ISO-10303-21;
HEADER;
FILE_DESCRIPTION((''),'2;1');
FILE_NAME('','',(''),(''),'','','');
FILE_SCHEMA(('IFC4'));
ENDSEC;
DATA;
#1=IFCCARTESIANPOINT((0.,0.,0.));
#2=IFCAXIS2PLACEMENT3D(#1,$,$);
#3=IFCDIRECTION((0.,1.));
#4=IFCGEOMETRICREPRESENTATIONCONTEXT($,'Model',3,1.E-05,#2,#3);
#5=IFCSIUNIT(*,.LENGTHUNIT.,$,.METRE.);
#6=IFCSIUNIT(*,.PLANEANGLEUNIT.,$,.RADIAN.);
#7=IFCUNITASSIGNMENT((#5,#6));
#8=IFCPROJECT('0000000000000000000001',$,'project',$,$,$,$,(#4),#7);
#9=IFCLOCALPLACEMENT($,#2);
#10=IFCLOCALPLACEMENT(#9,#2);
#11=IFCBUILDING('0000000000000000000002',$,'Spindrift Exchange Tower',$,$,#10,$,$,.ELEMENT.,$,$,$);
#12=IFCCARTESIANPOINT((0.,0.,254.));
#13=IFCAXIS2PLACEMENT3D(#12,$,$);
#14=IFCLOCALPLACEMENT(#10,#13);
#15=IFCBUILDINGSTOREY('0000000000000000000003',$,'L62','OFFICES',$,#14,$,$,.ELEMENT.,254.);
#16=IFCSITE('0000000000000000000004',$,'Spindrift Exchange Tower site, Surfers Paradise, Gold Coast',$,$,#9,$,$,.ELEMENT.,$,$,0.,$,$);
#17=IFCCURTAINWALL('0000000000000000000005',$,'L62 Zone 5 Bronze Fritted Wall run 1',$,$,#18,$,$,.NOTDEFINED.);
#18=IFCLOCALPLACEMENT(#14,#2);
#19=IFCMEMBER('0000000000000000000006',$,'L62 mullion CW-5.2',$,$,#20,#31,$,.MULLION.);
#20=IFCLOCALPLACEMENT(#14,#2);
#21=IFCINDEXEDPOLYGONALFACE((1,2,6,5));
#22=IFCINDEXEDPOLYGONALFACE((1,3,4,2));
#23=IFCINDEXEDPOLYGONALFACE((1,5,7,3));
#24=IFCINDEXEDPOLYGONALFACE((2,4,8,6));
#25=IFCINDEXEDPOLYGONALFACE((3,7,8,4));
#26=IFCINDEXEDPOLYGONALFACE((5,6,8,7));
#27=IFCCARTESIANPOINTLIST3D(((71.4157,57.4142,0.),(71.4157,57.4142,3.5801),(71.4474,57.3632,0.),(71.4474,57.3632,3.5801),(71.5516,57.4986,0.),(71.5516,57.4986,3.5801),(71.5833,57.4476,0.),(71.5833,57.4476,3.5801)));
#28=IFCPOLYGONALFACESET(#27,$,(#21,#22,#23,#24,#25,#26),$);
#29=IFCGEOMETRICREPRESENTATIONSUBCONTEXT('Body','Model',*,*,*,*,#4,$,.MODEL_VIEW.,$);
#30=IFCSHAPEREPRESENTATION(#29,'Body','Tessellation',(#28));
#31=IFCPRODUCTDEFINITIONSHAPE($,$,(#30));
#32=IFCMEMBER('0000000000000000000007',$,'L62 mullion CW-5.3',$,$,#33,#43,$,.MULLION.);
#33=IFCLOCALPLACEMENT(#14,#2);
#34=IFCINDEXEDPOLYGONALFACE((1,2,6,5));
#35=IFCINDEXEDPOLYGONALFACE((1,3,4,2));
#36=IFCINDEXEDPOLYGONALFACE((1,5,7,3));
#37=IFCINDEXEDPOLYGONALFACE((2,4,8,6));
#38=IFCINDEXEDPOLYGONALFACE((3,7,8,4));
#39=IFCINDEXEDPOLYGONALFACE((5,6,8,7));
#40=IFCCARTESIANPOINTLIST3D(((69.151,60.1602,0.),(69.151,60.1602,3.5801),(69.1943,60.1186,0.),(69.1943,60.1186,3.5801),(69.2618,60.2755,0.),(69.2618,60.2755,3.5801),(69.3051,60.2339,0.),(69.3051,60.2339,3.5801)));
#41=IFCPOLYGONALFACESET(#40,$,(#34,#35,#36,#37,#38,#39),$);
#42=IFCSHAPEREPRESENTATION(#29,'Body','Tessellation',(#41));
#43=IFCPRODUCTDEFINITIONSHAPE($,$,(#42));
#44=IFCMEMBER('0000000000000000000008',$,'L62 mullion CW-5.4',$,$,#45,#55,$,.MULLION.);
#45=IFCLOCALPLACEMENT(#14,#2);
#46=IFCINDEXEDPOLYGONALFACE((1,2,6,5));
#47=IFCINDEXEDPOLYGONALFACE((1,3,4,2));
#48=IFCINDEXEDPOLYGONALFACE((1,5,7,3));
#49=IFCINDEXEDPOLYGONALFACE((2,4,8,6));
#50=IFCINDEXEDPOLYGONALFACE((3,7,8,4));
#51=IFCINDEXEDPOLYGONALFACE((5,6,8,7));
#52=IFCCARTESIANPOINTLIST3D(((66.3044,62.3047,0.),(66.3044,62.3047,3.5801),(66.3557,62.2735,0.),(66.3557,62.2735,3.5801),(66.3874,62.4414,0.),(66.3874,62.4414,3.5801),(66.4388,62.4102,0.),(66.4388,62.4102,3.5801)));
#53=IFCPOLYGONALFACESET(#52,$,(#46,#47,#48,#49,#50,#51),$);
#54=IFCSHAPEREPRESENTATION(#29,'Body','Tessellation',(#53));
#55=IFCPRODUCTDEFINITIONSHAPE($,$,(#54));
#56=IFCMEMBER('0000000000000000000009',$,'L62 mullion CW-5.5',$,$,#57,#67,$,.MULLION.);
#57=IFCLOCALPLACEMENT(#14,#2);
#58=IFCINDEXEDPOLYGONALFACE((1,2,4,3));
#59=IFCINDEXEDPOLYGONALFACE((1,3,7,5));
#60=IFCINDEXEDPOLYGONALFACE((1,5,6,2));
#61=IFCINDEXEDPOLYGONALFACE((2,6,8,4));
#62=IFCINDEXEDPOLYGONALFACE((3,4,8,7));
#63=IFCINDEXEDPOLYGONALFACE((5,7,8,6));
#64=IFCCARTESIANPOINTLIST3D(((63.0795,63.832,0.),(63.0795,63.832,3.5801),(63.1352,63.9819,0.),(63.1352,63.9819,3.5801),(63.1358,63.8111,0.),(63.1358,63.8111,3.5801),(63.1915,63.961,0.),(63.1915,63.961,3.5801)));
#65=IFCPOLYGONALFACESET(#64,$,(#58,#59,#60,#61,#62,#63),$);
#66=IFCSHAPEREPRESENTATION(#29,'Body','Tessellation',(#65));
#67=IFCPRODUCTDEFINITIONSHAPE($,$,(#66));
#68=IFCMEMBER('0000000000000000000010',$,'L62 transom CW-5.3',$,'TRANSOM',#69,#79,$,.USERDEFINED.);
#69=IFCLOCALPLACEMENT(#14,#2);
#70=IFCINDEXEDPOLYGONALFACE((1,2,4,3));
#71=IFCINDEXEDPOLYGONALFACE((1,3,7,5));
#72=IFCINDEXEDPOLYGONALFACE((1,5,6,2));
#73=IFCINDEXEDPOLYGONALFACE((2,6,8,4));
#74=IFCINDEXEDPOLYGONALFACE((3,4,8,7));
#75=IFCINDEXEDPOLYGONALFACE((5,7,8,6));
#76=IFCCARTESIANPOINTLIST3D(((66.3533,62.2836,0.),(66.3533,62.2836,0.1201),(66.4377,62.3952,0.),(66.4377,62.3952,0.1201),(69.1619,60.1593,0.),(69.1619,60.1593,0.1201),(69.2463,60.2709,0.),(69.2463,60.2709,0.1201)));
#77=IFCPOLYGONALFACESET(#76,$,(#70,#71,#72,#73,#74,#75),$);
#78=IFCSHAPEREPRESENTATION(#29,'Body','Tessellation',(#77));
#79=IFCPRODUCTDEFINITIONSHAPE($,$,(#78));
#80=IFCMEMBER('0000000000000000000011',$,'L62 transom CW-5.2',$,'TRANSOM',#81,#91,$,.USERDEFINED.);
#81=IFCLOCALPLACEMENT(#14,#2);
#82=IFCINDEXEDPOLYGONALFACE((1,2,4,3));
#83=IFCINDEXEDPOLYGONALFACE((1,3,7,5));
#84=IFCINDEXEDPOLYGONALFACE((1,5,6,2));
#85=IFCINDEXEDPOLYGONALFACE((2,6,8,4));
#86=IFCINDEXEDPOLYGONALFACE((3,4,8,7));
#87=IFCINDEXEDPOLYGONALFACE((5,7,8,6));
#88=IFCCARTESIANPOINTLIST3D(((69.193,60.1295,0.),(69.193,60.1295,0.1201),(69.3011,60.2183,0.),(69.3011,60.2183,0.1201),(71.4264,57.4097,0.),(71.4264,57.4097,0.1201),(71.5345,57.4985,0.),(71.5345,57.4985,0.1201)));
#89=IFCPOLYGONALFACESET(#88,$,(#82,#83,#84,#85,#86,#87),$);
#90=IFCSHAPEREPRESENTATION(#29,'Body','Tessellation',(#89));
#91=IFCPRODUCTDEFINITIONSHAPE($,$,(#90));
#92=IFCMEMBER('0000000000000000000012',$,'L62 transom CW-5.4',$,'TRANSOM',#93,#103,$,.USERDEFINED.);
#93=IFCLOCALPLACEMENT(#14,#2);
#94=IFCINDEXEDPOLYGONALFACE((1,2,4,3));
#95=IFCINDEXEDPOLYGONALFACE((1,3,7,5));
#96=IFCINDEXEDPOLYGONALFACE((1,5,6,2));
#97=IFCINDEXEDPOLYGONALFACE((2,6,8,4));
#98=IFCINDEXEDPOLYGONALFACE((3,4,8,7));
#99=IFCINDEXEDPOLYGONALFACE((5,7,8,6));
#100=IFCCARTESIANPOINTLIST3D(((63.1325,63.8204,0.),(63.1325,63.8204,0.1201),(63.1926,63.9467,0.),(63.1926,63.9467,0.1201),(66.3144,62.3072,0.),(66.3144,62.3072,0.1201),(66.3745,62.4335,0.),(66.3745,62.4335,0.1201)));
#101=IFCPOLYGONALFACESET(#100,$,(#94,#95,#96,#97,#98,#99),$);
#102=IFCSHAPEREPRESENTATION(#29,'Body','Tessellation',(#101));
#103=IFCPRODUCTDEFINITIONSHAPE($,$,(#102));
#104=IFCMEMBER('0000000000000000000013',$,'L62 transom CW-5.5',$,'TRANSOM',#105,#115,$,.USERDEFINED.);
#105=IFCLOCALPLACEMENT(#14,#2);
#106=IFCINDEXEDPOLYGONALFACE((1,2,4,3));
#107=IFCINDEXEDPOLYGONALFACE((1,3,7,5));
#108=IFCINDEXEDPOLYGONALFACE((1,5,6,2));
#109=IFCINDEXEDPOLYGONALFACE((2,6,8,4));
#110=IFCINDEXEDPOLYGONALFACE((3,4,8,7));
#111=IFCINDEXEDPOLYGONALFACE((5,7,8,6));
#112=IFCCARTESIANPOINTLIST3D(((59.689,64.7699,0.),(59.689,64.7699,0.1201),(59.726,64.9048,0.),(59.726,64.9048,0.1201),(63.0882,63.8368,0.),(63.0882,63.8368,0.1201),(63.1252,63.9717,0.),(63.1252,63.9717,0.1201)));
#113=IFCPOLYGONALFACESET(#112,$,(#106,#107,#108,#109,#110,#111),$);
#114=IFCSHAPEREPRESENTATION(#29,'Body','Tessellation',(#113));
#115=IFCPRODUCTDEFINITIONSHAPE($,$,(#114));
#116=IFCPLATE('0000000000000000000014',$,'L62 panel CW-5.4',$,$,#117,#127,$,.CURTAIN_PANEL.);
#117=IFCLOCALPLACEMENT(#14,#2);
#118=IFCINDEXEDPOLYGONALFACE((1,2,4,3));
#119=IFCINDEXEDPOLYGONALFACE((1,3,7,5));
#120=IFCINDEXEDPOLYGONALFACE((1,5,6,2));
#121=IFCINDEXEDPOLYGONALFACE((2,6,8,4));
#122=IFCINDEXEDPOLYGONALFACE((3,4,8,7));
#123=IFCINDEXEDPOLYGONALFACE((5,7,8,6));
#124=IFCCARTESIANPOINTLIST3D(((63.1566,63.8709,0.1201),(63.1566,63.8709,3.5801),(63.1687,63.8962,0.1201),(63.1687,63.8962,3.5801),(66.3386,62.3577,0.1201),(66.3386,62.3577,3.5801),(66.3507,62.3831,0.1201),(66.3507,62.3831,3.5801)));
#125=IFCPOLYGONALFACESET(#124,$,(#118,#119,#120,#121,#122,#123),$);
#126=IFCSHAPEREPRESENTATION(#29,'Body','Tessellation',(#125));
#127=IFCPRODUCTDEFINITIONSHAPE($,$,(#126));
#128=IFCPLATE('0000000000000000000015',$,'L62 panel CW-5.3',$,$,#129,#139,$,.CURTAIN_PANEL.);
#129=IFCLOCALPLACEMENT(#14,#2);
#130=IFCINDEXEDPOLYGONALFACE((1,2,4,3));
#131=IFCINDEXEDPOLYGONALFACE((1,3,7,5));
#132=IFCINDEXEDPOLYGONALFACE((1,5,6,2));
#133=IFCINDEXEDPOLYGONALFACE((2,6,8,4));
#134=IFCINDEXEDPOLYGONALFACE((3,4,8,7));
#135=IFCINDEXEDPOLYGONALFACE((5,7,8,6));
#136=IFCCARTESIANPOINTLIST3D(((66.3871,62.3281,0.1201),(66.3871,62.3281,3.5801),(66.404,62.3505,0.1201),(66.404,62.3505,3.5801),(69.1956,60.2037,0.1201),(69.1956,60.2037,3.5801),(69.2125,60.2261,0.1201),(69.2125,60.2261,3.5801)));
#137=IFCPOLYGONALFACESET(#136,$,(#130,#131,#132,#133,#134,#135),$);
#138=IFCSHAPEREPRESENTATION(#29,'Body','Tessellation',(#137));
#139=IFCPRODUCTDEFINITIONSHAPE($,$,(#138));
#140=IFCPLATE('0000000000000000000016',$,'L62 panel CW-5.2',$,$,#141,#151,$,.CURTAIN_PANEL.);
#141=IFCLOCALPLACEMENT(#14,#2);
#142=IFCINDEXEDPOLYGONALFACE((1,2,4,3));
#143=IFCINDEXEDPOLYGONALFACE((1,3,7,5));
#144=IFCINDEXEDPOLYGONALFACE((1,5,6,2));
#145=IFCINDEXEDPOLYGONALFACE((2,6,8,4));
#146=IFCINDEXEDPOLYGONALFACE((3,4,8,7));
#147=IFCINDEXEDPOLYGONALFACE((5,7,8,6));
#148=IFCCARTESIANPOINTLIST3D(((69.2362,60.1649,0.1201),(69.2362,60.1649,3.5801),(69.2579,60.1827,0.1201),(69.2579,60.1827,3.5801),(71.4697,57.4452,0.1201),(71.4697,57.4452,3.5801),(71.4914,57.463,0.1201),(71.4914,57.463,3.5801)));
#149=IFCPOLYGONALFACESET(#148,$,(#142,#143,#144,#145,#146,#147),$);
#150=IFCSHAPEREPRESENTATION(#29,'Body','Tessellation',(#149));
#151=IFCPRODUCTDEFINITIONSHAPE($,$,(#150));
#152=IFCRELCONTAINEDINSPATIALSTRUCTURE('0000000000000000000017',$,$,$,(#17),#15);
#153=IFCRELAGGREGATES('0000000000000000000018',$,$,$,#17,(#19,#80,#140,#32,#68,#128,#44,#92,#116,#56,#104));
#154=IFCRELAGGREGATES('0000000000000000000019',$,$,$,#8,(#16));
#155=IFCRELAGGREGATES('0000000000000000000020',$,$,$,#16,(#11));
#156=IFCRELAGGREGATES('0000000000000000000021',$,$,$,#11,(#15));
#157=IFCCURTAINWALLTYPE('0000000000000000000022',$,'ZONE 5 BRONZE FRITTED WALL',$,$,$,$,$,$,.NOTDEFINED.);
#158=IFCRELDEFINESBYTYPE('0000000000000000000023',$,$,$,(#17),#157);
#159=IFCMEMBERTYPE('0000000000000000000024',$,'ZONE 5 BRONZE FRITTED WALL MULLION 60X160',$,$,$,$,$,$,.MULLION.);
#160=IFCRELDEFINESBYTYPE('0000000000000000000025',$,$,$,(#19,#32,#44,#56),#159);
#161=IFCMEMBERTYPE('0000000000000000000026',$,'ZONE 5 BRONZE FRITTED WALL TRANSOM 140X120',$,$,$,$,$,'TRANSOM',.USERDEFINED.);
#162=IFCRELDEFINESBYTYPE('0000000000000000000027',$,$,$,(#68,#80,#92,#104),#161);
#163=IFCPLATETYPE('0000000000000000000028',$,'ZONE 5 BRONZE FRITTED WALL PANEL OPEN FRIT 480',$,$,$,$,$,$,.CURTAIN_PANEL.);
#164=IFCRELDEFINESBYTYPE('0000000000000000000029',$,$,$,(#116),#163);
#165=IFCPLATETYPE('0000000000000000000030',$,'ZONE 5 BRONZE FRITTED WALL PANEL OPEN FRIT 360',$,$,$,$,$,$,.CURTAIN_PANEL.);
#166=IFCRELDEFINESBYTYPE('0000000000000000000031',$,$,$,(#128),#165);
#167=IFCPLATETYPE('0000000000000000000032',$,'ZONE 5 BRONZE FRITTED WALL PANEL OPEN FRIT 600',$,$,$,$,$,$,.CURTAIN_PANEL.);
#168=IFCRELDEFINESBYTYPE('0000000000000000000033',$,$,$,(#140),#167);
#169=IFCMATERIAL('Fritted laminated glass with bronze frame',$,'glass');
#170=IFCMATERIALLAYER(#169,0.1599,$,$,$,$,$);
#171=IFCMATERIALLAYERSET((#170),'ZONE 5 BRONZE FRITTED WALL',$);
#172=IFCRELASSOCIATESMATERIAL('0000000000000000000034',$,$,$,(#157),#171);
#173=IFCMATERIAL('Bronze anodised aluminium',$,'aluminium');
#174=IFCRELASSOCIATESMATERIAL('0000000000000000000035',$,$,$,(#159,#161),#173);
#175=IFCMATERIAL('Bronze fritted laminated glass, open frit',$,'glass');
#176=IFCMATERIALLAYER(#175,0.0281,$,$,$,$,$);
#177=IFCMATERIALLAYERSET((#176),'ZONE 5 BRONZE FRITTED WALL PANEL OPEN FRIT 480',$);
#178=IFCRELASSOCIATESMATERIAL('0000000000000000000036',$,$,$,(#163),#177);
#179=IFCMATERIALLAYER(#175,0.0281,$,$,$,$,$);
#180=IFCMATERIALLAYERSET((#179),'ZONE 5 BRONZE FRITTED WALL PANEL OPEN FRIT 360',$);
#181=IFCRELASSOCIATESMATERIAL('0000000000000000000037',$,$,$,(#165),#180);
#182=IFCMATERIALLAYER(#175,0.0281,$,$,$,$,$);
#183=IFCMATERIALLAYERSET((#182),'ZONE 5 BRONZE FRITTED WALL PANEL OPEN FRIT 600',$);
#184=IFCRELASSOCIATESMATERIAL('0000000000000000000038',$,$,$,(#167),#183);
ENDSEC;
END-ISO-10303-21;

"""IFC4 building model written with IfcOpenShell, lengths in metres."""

from ifc_helpers import new_model, si_unit, direction, frame, origin, origin_2d, place, context, subcontext, project, spatial, rectangle, extrude, source, transform, mapped, material, layer, layer_set, material_profile, profile_set, type_object, element, aggregate, save


model = new_model("IFC4")

# Units and contexts
model_context = context("Model", 3, precision=1e-05, world=origin(), true_north=direction((0.0, 1.0)))
body_context = subcontext(model_context, "Body", "Model", "MODEL_VIEW")
ifc_project = project(units=[si_unit("LENGTHUNIT", "METRE"), si_unit("PLANEANGLEUNIT", "RADIAN")], contexts=[model_context])

# Site, building, storey
site_placement = place(None, origin())
site = spatial("IfcSite", under=ifc_project, at=site_placement, Name="Spindrift Exchange Tower site, Surfers Paradise, Gold Coast", CompositionType="ELEMENT", RefElevation=0.0)
building_placement = place(site_placement, origin())
building = spatial("IfcBuilding", under=site, at=building_placement, Name="Spindrift Exchange Tower", CompositionType="ELEMENT")
storey_placement = place(building_placement, frame((0.0, 0.0, 254.0)))
storey = spatial("IfcBuildingStorey", under=building, at=storey_placement, Name="L62", Description="OFFICES", CompositionType="ELEMENT", Elevation=254.0)

# Curtain wall, members, plates
ifc_material_1 = material(Name="Fritted laminated glass with bronze frame", Category="glass")
ifc_layer_1 = layer(ifc_material_1, 0.1599)
ifc_layer_set_1 = layer_set([ifc_layer_1], Name="ZONE 5 BRONZE FRITTED WALL")
curtain_wall_type = type_object("IfcCurtainWallType", Name="ZONE 5 BRONZE FRITTED WALL", PredefinedType="NOTDEFINED", material=ifc_layer_set_1)
curtain_wall_placement = place(storey_placement, origin())
curtain_wall = element("IfcCurtainWall", 1, at=curtain_wall_placement, inside=storey, type_object=curtain_wall_type, Name="L62 Zone 5 Bronze Fritted Wall run 1", PredefinedType="NOTDEFINED")
ifc_material_2 = material(Name="Bronze anodised aluminium", Category="aluminium")
ifc_material_profile_1 = material_profile(ifc_material_2, rectangle(XDim=0.0601, YDim=0.1599, at=origin_2d()), Name="ZONE 5 BRONZE FRITTED WALL MULLION 60X160")
ifc_profile_set_1 = profile_set([ifc_material_profile_1], Name="Bronze anodised aluminium")
member_type_1 = type_object("IfcMemberType", Name="ZONE 5 BRONZE FRITTED WALL MULLION 60X160", PredefinedType="MULLION", material=ifc_profile_set_1)
shared_shape_1 = source(origin(), body_context, "Body", "SweptSolid", [
    extrude(rectangle(XDim=0.0601, YDim=0.1599, at=origin_2d()), origin(), (0.0, 0.0, 1.0), 3.5801),
])
member_1_placement = place(storey_placement, frame((71.4995, 57.4309, 0.0), z_axis=(0.0, 0.0, 1.0), x_axis=(-0.527511, 0.849548, 0.0)))
member_1 = element("IfcMember", 2, at=member_1_placement, type_object=member_type_1, Name="L62 mullion CW-5.2", PredefinedType="MULLION", context=body_context, shape_type="MappedRepresentation", body=[
    mapped(shared_shape_1, transform((0.0, 0.0, 0.0), scale=1.0)),
])
member_2_placement = place(storey_placement, frame((69.228, 60.197, 0.0), z_axis=(0.0, 0.0, 1.0), x_axis=(-0.721094, 0.692838, 0.0)))
member_2 = element("IfcMember", 3, at=member_2_placement, type_object=member_type_1, Name="L62 mullion CW-5.3", PredefinedType="MULLION", context=body_context, shape_type="MappedRepresentation", body=[
    mapped(shared_shape_1, transform((0.0, 0.0, 0.0), scale=1.0)),
])
member_3_placement = place(storey_placement, frame((66.3716, 62.3574, 0.0), z_axis=(0.0, 0.0, 1.0), x_axis=(-0.854744, 0.51905, 0.0)))
member_3 = element("IfcMember", 4, at=member_3_placement, type_object=member_type_1, Name="L62 mullion CW-5.4", PredefinedType="MULLION", context=body_context, shape_type="MappedRepresentation", body=[
    mapped(shared_shape_1, transform((0.0, 0.0, 0.0), scale=1.0)),
])
member_4_placement = place(storey_placement, frame((63.1355, 63.8965, 0.0), z_axis=(0.0, 0.0, 1.0), x_axis=(-0.93733, 0.348444, 0.0)))
member_4 = element("IfcMember", 5, at=member_4_placement, type_object=member_type_1, Name="L62 mullion CW-5.5", PredefinedType="MULLION", context=body_context, shape_type="MappedRepresentation", body=[
    mapped(shared_shape_1, transform((0.0, 0.0, 0.0), scale=1.0)),
])
ifc_material_profile_2 = material_profile(ifc_material_2, rectangle(XDim=0.1399, YDim=0.1201, at=origin_2d()), Name="ZONE 5 BRONZE FRITTED WALL TRANSOM 140X120")
ifc_profile_set_2 = profile_set([ifc_material_profile_2], Name="Bronze anodised aluminium")
member_type_2 = type_object("IfcMemberType", Name="ZONE 5 BRONZE FRITTED WALL TRANSOM 140X120", ElementType="TRANSOM", PredefinedType="USERDEFINED", material=ifc_profile_set_2)
shared_shape_2 = source(origin(), body_context, "Body", "SweptSolid", [
    extrude(rectangle(XDim=0.1399, YDim=0.1201, at=origin_2d()), origin(), (0.0, 0.0, 1.0), 3.5215),
])
member_5_placement = place(storey_placement, frame((69.2041, 60.2151, 0.0601), z_axis=(-0.797564, 0.603234, 0.0), x_axis=(-0.603234, -0.797564, 0.0)))
member_5 = element("IfcMember", 6, at=member_5_placement, type_object=member_type_2, Name="L62 transom CW-5.3", ObjectType="TRANSOM", PredefinedType="USERDEFINED", context=body_context, shape_type="MappedRepresentation", body=[
    mapped(shared_shape_2, transform((0.0, 0.0, 0.0), scale=1.0)),
])
shared_shape_3 = source(origin(), body_context, "Body", "SweptSolid", [
    extrude(rectangle(XDim=0.1399, YDim=0.1201, at=origin_2d()), origin(), (0.0, 0.0, 1.0), 3.5193),
])
member_6_placement = place(storey_placement, frame((71.4805, 57.4541, 0.0601), z_axis=(-0.634627, 0.772819, 0.0), x_axis=(-0.772819, -0.634627, 0.0)))
member_6 = element("IfcMember", 7, at=member_6_placement, type_object=member_type_2, Name="L62 transom CW-5.2", ObjectType="TRANSOM", PredefinedType="USERDEFINED", context=body_context, shape_type="MappedRepresentation", body=[
    mapped(shared_shape_3, transform((0.0, 0.0, 0.0), scale=1.0)),
])
shared_shape_4 = source(origin(), body_context, "Body", "SweptSolid", [
    extrude(rectangle(XDim=0.1399, YDim=0.1201, at=origin_2d()), origin(), (0.0, 0.0, 1.0), 3.5234),
])
member_7_placement = place(storey_placement, frame((66.3445, 62.3704, 0.0601), z_axis=(-0.903081, 0.429471, 0.0), x_axis=(-0.429471, -0.903081, 0.0)))
member_7 = element("IfcMember", 8, at=member_7_placement, type_object=member_type_2, Name="L62 transom CW-5.4", ObjectType="TRANSOM", PredefinedType="USERDEFINED", context=body_context, shape_type="MappedRepresentation", body=[
    mapped(shared_shape_4, transform((0.0, 0.0, 0.0), scale=1.0)),
])
shared_shape_5 = source(origin(), body_context, "Body", "SweptSolid", [
    extrude(rectangle(XDim=0.1399, YDim=0.1201, at=origin_2d()), origin(), (0.0, 0.0, 1.0), 3.5249),
])
member_8_placement = place(storey_placement, frame((63.1067, 63.9043, 0.0601), z_axis=(-0.964326, 0.264717, 0.0), x_axis=(-0.264717, -0.964326, 0.0)))
member_8 = element("IfcMember", 9, at=member_8_placement, type_object=member_type_2, Name="L62 transom CW-5.5", ObjectType="TRANSOM", PredefinedType="USERDEFINED", context=body_context, shape_type="MappedRepresentation", body=[
    mapped(shared_shape_5, transform((0.0, 0.0, 0.0), scale=1.0)),
])
ifc_material_3 = material(Name="Bronze fritted laminated glass, open frit", Category="glass")
ifc_layer_2 = layer(ifc_material_3, 0.0281)
ifc_layer_set_2 = layer_set([ifc_layer_2], Name="ZONE 5 BRONZE FRITTED WALL PANEL OPEN FRIT 480")
plate_type_1 = type_object("IfcPlateType", Name="ZONE 5 BRONZE FRITTED WALL PANEL OPEN FRIT 480", PredefinedType="CURTAIN_PANEL", material=ifc_layer_set_2)
shared_shape_6 = source(origin(), body_context, "Body", "SweptSolid", [
    extrude(rectangle(XDim=3.5234, YDim=0.0281, at=origin_2d()), origin(), (0.0, 0.0, 1.0), 3.46),
])
plate_1_placement = place(storey_placement, frame((64.7537, 63.127, 0.1201), z_axis=(0.0, 0.0, 1.0), x_axis=(-0.903088, 0.429455, 0.0)))
plate_1 = element("IfcPlate", 10, at=plate_1_placement, type_object=plate_type_1, Name="L62 panel CW-5.4", PredefinedType="CURTAIN_PANEL", context=body_context, shape_type="MappedRepresentation", body=[
    mapped(shared_shape_6, transform((0.0, 0.0, 0.0), scale=1.0)),
])
ifc_layer_3 = layer(ifc_material_3, 0.0281)
ifc_layer_set_3 = layer_set([ifc_layer_3], Name="ZONE 5 BRONZE FRITTED WALL PANEL OPEN FRIT 360")
plate_type_2 = type_object("IfcPlateType", Name="ZONE 5 BRONZE FRITTED WALL PANEL OPEN FRIT 360", PredefinedType="CURTAIN_PANEL", material=ifc_layer_set_3)
shared_shape_7 = source(origin(), body_context, "Body", "SweptSolid", [
    extrude(rectangle(XDim=3.5215, YDim=0.0281, at=origin_2d()), origin(), (0.0, 0.0, 1.0), 3.46),
])
plate_2_placement = place(storey_placement, frame((67.7998, 61.2771, 0.1201), z_axis=(0.0, 0.0, 1.0), x_axis=(-0.797541, 0.603265, 0.0)))
plate_2 = element("IfcPlate", 11, at=plate_2_placement, type_object=plate_type_2, Name="L62 panel CW-5.3", PredefinedType="CURTAIN_PANEL", context=body_context, shape_type="MappedRepresentation", body=[
    mapped(shared_shape_7, transform((0.0, 0.0, 0.0), scale=1.0)),
])
ifc_layer_4 = layer(ifc_material_3, 0.0281)
ifc_layer_set_4 = layer_set([ifc_layer_4], Name="ZONE 5 BRONZE FRITTED WALL PANEL OPEN FRIT 600")
plate_type_3 = type_object("IfcPlateType", Name="ZONE 5 BRONZE FRITTED WALL PANEL OPEN FRIT 600", PredefinedType="CURTAIN_PANEL", material=ifc_layer_set_4)
shared_shape_8 = source(origin(), body_context, "Body", "SweptSolid", [
    extrude(rectangle(XDim=3.5193, YDim=0.0281, at=origin_2d()), origin(), (0.0, 0.0, 1.0), 3.46),
])
plate_3_placement = place(storey_placement, frame((70.3638, 58.814, 0.1201), z_axis=(0.0, 0.0, 1.0), x_axis=(-0.634647, 0.772802, 0.0)))
plate_3 = element("IfcPlate", 12, at=plate_3_placement, type_object=plate_type_3, Name="L62 panel CW-5.2", PredefinedType="CURTAIN_PANEL", context=body_context, shape_type="MappedRepresentation", body=[
    mapped(shared_shape_8, transform((0.0, 0.0, 0.0), scale=1.0)),
])
aggregate(curtain_wall, [member_1, member_6, plate_3, member_2, member_5, plate_2, member_3, member_7, plate_1, member_4, member_8])

save(model, "model.ifc")
